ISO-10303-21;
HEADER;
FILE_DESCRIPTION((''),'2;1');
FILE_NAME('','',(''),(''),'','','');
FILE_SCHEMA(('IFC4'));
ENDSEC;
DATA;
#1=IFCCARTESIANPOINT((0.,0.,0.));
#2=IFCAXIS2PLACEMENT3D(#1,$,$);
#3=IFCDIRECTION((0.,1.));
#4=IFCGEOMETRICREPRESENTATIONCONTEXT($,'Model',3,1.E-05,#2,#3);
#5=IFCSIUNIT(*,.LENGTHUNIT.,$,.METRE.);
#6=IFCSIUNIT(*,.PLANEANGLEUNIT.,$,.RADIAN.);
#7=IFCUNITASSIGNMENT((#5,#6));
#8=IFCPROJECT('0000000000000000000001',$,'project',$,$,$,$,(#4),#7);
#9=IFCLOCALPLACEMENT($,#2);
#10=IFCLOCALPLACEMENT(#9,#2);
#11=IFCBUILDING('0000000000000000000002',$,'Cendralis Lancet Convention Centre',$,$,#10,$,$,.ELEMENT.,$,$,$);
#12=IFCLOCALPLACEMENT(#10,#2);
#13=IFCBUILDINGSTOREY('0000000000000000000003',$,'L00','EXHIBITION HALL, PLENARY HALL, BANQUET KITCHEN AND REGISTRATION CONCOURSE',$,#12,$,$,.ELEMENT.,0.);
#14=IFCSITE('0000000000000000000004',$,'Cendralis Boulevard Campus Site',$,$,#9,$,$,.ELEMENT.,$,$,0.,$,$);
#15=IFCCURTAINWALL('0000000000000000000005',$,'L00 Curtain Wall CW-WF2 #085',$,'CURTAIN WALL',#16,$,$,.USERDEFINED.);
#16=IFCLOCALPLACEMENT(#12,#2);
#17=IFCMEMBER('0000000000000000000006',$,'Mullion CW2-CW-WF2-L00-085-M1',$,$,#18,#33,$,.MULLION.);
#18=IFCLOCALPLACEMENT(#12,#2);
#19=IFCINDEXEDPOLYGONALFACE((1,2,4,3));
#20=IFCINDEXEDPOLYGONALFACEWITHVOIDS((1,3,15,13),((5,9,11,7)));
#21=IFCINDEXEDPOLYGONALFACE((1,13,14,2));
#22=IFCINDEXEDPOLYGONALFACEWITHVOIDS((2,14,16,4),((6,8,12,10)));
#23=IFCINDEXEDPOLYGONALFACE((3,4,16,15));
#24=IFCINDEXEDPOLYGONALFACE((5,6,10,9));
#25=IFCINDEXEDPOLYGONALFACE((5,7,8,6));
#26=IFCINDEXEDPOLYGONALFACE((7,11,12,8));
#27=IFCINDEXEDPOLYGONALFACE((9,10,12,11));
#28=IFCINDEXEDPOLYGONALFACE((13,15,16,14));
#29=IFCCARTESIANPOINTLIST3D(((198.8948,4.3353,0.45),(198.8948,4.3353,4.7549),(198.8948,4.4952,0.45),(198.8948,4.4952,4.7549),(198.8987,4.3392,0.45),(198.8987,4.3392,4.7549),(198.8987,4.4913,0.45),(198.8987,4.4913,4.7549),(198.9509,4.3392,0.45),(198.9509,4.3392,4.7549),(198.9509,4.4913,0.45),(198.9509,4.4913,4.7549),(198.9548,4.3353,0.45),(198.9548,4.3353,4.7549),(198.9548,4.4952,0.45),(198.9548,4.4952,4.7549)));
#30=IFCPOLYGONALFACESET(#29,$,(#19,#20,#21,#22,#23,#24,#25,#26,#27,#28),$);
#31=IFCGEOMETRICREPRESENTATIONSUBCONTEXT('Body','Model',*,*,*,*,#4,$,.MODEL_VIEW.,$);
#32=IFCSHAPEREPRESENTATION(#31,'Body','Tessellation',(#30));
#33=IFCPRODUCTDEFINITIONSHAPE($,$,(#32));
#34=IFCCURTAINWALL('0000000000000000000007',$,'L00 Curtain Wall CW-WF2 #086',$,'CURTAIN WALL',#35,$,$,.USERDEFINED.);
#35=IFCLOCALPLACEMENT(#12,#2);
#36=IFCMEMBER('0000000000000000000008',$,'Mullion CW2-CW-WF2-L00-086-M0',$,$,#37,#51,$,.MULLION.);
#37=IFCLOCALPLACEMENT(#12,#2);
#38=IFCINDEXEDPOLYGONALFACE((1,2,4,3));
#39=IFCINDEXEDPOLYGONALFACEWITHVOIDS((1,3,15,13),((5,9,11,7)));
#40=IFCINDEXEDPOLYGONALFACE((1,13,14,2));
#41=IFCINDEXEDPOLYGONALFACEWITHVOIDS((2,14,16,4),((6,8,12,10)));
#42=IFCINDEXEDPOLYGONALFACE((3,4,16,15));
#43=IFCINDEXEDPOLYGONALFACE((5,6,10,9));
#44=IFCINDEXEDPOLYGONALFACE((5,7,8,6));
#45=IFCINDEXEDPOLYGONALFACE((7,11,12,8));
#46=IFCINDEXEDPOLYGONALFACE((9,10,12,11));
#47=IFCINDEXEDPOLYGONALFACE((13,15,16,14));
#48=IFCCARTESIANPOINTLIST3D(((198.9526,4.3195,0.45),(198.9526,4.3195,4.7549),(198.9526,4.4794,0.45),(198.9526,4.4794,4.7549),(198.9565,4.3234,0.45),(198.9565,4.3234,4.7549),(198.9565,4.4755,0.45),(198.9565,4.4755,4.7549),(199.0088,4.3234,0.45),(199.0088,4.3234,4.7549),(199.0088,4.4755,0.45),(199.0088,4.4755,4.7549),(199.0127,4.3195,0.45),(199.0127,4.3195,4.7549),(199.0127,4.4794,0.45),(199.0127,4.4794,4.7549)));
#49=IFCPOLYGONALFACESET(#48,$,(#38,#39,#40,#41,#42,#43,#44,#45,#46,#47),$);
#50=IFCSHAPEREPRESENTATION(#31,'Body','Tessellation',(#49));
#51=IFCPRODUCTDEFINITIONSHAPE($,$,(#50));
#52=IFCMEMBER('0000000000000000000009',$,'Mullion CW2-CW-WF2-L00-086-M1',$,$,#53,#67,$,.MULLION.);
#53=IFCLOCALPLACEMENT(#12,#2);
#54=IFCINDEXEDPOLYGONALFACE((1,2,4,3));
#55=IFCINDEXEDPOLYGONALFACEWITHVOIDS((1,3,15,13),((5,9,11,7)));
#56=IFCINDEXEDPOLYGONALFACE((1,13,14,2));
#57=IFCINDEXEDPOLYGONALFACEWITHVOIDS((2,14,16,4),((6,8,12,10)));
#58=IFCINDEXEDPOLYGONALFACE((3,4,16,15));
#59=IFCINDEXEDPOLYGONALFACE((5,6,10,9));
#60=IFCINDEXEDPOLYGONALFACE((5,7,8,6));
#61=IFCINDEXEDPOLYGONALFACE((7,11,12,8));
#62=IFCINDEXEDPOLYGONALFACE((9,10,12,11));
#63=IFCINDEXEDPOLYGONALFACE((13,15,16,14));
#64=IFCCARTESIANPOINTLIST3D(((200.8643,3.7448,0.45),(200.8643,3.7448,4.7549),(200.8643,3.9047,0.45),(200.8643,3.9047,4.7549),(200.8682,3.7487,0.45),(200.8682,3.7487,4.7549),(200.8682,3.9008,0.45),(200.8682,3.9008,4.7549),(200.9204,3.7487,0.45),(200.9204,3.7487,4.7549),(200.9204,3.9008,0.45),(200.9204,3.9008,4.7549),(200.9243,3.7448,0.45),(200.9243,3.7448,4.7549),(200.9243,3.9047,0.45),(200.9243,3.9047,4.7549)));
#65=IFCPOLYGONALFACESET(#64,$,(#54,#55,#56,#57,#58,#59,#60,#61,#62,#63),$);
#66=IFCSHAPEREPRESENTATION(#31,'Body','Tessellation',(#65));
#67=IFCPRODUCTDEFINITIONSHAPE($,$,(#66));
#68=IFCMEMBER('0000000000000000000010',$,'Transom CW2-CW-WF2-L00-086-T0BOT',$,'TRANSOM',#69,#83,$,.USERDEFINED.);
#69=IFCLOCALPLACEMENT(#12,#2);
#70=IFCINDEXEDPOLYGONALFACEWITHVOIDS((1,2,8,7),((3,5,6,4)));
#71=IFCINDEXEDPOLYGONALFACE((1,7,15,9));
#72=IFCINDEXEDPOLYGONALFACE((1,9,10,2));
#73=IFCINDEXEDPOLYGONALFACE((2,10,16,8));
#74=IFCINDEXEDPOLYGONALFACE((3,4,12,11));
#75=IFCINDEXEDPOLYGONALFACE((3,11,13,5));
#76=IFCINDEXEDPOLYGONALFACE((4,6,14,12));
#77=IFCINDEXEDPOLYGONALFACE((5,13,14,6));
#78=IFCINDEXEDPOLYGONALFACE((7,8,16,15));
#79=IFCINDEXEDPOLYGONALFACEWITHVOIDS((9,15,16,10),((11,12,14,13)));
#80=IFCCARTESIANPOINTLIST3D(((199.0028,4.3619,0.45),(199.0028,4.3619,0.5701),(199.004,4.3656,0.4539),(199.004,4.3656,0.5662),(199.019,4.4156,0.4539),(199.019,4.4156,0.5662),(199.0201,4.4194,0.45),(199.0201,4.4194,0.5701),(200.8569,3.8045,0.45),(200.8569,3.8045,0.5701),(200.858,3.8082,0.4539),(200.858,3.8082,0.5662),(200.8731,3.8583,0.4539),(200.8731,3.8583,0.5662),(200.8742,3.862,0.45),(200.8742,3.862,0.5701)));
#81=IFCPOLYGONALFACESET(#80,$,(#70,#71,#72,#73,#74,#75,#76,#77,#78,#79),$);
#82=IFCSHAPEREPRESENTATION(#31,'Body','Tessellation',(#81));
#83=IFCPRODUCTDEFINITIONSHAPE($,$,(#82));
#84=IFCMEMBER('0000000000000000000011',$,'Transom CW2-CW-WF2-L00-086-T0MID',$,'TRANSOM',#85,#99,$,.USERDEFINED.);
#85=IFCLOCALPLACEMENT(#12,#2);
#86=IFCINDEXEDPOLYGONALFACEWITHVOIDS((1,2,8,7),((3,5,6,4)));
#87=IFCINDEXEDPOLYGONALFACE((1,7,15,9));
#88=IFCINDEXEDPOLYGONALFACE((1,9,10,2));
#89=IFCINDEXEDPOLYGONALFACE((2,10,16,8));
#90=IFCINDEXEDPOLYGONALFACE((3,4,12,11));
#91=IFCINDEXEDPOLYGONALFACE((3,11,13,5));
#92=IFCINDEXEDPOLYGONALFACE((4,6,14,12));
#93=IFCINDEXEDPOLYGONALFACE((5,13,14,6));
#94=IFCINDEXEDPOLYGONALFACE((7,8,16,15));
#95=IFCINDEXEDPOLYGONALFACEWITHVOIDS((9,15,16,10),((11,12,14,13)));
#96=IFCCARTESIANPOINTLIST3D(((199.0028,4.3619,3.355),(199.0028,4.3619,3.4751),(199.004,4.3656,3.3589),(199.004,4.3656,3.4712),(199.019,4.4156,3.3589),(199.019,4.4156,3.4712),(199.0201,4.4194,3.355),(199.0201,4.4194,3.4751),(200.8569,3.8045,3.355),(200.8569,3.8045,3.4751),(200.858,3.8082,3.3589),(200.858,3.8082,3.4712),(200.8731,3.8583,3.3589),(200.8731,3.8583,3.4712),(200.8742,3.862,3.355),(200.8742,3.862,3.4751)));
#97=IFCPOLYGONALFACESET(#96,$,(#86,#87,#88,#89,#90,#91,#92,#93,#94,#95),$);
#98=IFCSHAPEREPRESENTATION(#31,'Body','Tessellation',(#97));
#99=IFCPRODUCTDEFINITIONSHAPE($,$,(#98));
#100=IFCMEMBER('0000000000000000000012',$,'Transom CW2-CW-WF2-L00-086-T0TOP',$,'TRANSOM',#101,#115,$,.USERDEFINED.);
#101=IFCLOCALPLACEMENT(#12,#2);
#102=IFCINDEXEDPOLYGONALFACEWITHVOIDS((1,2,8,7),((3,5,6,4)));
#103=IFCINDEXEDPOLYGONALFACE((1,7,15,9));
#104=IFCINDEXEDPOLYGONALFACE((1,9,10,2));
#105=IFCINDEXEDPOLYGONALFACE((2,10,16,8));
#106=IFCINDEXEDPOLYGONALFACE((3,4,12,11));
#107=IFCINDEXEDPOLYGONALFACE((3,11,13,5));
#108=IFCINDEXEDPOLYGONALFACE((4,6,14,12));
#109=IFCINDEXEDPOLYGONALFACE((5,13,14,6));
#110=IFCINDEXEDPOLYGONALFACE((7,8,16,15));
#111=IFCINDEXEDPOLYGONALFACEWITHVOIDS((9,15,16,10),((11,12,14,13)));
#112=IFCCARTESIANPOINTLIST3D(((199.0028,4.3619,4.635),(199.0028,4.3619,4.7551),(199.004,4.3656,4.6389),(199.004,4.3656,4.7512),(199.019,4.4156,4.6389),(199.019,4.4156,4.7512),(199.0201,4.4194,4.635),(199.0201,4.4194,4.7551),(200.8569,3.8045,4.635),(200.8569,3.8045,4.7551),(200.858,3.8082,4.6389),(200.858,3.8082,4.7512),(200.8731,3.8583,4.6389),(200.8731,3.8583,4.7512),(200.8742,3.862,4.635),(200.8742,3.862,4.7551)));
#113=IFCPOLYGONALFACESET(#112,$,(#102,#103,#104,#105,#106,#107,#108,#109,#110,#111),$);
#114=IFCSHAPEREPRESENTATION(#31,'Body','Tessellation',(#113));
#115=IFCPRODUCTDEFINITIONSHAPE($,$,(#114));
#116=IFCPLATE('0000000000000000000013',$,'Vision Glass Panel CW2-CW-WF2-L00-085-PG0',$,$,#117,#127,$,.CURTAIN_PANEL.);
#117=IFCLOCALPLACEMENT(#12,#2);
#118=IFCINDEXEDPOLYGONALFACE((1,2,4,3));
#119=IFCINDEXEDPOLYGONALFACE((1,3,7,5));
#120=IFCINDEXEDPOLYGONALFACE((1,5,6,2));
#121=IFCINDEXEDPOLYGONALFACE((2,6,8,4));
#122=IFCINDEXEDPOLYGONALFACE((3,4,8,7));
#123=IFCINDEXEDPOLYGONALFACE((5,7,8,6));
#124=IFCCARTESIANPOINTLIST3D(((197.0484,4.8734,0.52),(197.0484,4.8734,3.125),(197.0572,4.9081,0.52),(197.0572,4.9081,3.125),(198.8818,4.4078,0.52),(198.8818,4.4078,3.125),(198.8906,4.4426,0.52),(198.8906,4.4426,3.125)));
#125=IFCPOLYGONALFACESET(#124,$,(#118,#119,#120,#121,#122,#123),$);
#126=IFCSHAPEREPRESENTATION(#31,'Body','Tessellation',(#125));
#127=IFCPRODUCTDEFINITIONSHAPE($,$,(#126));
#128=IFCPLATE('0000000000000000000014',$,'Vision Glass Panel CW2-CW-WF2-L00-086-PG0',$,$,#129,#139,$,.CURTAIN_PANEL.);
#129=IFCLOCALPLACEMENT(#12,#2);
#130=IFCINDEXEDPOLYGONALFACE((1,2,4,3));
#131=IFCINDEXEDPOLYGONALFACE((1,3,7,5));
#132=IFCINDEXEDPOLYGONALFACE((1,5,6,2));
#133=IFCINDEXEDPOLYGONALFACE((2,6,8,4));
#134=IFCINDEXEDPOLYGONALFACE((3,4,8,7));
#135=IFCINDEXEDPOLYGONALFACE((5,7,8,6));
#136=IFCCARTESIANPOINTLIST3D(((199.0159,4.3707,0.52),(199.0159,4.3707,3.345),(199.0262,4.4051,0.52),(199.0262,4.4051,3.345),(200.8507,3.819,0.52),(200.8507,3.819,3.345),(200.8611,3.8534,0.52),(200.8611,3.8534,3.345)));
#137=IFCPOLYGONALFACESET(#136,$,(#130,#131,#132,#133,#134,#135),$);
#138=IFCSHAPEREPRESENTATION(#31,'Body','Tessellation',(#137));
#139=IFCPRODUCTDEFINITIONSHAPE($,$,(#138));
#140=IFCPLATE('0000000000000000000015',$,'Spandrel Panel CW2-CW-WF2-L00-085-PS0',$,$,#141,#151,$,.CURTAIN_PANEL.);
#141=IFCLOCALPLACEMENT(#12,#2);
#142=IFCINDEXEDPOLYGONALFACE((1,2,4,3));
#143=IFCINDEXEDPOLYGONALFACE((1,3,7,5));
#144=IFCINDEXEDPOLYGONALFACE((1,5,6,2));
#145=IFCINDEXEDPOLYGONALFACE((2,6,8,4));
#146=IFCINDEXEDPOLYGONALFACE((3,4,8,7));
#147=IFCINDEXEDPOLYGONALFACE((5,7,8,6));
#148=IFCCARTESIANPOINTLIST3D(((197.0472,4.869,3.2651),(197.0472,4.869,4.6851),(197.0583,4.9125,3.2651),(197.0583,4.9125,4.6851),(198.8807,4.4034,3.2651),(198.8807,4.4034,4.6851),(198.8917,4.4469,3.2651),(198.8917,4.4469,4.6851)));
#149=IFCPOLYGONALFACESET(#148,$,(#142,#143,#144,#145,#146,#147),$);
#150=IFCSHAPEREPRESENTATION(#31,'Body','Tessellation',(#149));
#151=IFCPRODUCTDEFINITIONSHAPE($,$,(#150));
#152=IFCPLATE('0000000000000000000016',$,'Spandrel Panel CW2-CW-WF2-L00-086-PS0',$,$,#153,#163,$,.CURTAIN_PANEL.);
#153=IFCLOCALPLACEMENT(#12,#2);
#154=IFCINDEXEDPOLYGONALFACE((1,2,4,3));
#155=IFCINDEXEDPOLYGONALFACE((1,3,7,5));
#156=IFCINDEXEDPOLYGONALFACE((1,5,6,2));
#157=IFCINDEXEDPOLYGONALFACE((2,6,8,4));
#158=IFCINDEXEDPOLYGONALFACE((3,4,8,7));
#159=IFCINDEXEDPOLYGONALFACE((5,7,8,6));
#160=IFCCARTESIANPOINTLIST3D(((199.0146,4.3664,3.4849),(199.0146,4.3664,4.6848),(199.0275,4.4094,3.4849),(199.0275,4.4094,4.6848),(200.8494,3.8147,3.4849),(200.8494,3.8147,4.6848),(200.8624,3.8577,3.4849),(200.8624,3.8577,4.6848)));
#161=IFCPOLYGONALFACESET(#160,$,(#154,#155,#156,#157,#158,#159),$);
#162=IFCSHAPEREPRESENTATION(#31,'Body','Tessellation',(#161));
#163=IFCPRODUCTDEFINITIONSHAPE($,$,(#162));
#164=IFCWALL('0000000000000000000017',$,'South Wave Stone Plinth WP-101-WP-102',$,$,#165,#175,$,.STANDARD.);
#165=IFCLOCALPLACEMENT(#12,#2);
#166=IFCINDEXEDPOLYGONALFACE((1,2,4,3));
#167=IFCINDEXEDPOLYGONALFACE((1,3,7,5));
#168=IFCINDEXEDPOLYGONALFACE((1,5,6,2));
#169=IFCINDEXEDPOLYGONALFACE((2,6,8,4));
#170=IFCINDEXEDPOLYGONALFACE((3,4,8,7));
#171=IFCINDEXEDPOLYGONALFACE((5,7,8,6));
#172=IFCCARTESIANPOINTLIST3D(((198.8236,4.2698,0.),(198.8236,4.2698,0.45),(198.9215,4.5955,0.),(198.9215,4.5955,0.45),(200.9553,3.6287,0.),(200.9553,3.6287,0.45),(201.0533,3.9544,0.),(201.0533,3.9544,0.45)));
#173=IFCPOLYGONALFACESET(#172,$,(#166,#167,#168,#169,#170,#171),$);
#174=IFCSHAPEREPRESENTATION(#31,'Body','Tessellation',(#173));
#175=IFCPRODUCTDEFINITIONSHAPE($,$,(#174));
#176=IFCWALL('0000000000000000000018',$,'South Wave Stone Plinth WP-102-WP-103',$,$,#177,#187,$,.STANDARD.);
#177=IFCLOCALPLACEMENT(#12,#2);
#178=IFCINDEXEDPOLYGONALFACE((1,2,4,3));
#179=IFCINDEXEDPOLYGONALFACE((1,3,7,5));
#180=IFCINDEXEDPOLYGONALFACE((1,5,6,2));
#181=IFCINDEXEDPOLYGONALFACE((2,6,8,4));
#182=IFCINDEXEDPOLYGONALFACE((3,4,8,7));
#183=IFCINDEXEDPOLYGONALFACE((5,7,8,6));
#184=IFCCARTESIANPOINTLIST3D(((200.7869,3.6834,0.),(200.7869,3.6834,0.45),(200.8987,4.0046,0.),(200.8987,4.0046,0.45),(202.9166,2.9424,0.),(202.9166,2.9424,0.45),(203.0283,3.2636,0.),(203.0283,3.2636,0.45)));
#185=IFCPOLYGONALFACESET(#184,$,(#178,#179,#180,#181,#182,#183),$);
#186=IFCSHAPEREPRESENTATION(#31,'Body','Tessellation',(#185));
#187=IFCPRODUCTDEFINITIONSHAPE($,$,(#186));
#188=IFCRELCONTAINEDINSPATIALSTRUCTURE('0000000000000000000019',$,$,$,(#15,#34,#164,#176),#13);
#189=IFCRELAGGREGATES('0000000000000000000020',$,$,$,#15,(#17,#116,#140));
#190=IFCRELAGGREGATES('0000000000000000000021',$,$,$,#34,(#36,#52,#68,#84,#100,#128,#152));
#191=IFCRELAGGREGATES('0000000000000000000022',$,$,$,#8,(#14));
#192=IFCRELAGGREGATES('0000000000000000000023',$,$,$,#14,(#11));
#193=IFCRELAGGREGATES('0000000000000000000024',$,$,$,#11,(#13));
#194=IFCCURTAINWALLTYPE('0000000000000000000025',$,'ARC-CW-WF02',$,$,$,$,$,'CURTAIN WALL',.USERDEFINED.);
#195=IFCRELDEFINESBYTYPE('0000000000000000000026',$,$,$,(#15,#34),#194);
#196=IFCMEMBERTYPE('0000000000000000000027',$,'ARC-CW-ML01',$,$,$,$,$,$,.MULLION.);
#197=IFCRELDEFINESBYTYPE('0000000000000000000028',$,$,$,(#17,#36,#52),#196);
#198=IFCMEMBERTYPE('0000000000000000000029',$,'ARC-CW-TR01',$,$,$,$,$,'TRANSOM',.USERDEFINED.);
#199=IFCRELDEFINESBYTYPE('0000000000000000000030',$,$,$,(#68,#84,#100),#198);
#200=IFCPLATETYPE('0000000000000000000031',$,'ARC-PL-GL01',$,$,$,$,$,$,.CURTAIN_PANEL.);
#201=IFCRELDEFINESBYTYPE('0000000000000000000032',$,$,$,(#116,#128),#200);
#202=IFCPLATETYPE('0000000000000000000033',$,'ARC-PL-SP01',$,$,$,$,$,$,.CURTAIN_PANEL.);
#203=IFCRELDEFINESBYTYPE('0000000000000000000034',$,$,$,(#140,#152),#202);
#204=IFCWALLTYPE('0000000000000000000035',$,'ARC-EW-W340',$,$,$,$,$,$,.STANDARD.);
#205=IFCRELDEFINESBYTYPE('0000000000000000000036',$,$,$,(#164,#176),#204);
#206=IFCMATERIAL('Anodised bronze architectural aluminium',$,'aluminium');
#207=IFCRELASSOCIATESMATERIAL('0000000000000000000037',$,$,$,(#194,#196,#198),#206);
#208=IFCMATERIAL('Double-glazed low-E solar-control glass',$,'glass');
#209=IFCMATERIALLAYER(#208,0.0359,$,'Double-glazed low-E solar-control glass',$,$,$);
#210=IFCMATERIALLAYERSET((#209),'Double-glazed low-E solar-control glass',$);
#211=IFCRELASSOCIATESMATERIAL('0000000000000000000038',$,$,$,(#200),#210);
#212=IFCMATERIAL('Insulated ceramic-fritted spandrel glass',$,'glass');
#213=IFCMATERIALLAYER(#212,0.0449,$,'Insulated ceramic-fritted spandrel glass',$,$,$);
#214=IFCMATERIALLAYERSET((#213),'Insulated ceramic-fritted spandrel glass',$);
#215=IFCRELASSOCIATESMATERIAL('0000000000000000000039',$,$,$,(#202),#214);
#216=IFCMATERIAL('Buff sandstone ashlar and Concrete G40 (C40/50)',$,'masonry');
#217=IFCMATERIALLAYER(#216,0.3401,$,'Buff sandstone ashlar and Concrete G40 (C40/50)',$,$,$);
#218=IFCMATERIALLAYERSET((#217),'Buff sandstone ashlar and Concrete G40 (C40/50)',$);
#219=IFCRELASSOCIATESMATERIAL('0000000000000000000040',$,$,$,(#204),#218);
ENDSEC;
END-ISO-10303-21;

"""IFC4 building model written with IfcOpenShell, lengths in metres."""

from ifc_helpers import new_model, si_unit, direction, frame, frame_2d, origin, origin_2d, place, context, subcontext, project, spatial, rectangle, hollow_rectangle, extrude, material, layer, layer_set, material_profile, profile_set, type_object, element, aggregate, save


model = new_model("IFC4")

# Units and contexts
model_context = context("Model", 3, precision=1e-05, world=origin(), true_north=direction((0.0, 1.0)))
body_context = subcontext(model_context, "Body", "Model", "MODEL_VIEW")
ifc_project = project(units=[si_unit("LENGTHUNIT", "METRE"), si_unit("PLANEANGLEUNIT", "RADIAN")], contexts=[model_context])

# Site, building, storey
site_placement = place(None, origin())
site = spatial("IfcSite", under=ifc_project, at=site_placement, Name="Cendralis Boulevard Campus Site", CompositionType="ELEMENT", RefElevation=0.0)
building_placement = place(site_placement, origin())
building = spatial("IfcBuilding", under=site, at=building_placement, Name="Cendralis Lancet Convention Centre", CompositionType="ELEMENT")
storey_placement = place(building_placement, origin())
storey = spatial("IfcBuildingStorey", under=building, at=storey_placement, Name="L00", Description="EXHIBITION HALL, PLENARY HALL, BANQUET KITCHEN AND REGISTRATION CONCOURSE", CompositionType="ELEMENT", Elevation=0.0)

# Curtain wall, member
ifc_material_1 = material(Name="Anodised bronze architectural aluminium", Category="aluminium")
curtain_wall_type = type_object("IfcCurtainWallType", Name="ARC-CW-WF02", ElementType="CURTAIN WALL", PredefinedType="USERDEFINED", material=ifc_material_1)
curtain_wall_1_placement = place(storey_placement, origin())
curtain_wall_1 = element("IfcCurtainWall", 1, at=curtain_wall_1_placement, inside=storey, type_object=curtain_wall_type, Name="L00 Curtain Wall CW-WF2 #085", ObjectType="CURTAIN WALL", PredefinedType="USERDEFINED")
ifc_material_profile_1 = material_profile(ifc_material_1, hollow_rectangle(XDim=0.0601, YDim=0.1599, WallThickness=0.0039, at=origin_2d()), Name="AL-MULL 60x160x4.0")
ifc_profile_set_1 = profile_set([ifc_material_profile_1], Name="Anodised bronze architectural aluminium")
member_type_1 = type_object("IfcMemberType", Name="ARC-CW-ML01", PredefinedType="MULLION", material=ifc_profile_set_1)
member_1_placement = place(storey_placement, frame((198.9248, 4.4153, 0.45), z_axis=(0.0, 0.0, 1.0), x_axis=(1.0, 0.0, 0.0)))
member_1 = element("IfcMember", 2, at=member_1_placement, type_object=member_type_1, Name="Mullion CW2-CW-WF2-L00-085-M1", PredefinedType="MULLION", context=body_context, shape_type="SweptSolid", body=[
    extrude(hollow_rectangle(XDim=0.0601, YDim=0.1599, WallThickness=0.0039, at=origin_2d()), origin(), (0.0, 0.0, 1.0), 4.3049),
])

# Curtain wall, members
curtain_wall_2_placement = place(storey_placement, origin())
curtain_wall_2 = element("IfcCurtainWall", 3, at=curtain_wall_2_placement, inside=storey, type_object=curtain_wall_type, Name="L00 Curtain Wall CW-WF2 #086", ObjectType="CURTAIN WALL", PredefinedType="USERDEFINED")
member_2_placement = place(storey_placement, frame((198.9827, 4.3994, 0.45), z_axis=(0.0, 0.0, 1.0), x_axis=(1.0, 0.0, 0.0)))
member_2 = element("IfcMember", 4, at=member_2_placement, type_object=member_type_1, Name="Mullion CW2-CW-WF2-L00-086-M0", PredefinedType="MULLION", context=body_context, shape_type="SweptSolid", body=[
    extrude(hollow_rectangle(XDim=0.0601, YDim=0.1599, WallThickness=0.0039, at=origin_2d()), origin(), (0.0, 0.0, 1.0), 4.3049),
])
member_3_placement = place(storey_placement, frame((200.8943, 3.8247, 0.45), z_axis=(0.0, 0.0, 1.0), x_axis=(1.0, 0.0, 0.0)))
member_3 = element("IfcMember", 5, at=member_3_placement, type_object=member_type_1, Name="Mullion CW2-CW-WF2-L00-086-M1", PredefinedType="MULLION", context=body_context, shape_type="SweptSolid", body=[
    extrude(hollow_rectangle(XDim=0.0601, YDim=0.1599, WallThickness=0.0039, at=origin_2d()), origin(), (0.0, 0.0, 1.0), 4.3049),
])
ifc_material_profile_2 = material_profile(ifc_material_1, hollow_rectangle(XDim=0.0601, YDim=0.1201, WallThickness=0.0039, at=origin_2d()), Name="AL-TRAN 60x120x4.0")
ifc_profile_set_2 = profile_set([ifc_material_profile_2], Name="Anodised bronze architectural aluminium")
member_type_2 = type_object("IfcMemberType", Name="ARC-CW-TR01", ElementType="TRANSOM", PredefinedType="USERDEFINED", material=ifc_profile_set_2)
member_4_placement = place(storey_placement, frame((199.0115, 4.3906, 0.51), z_axis=(0.95766, -0.287903, 0.0), x_axis=(0.287903, 0.95766, 0.0)))
member_4 = element("IfcMember", 6, at=member_4_placement, type_object=member_type_2, Name="Transom CW2-CW-WF2-L00-086-T0BOT", ObjectType="TRANSOM", PredefinedType="USERDEFINED", context=body_context, shape_type="SweptSolid", body=[
    extrude(hollow_rectangle(XDim=0.0601, YDim=0.1201, WallThickness=0.0039, at=origin_2d()), origin(), (0.0, 0.0, 1.0), 1.936),
])
member_5_placement = place(storey_placement, frame((199.0115, 4.3906, 3.415), z_axis=(0.95766, -0.287903, 0.0), x_axis=(0.287903, 0.95766, 0.0)))
member_5 = element("IfcMember", 7, at=member_5_placement, type_object=member_type_2, Name="Transom CW2-CW-WF2-L00-086-T0MID", ObjectType="TRANSOM", PredefinedType="USERDEFINED", context=body_context, shape_type="SweptSolid", body=[
    extrude(hollow_rectangle(XDim=0.0601, YDim=0.1201, WallThickness=0.0039, at=origin_2d()), origin(), (0.0, 0.0, 1.0), 1.936),
])
member_6_placement = place(storey_placement, frame((199.0115, 4.3906, 4.6951), z_axis=(0.95766, -0.287903, 0.0), x_axis=(0.287903, 0.95766, 0.0)))
member_6 = element("IfcMember", 8, at=member_6_placement, type_object=member_type_2, Name="Transom CW2-CW-WF2-L00-086-T0TOP", ObjectType="TRANSOM", PredefinedType="USERDEFINED", context=body_context, shape_type="SweptSolid", body=[
    extrude(hollow_rectangle(XDim=0.0601, YDim=0.1201, WallThickness=0.0039, at=origin_2d()), origin(), (0.0, 0.0, 1.0), 1.936),
])

# Plates
ifc_material_2 = material(Name="Double-glazed low-E solar-control glass", Category="glass")
ifc_layer_1 = layer(ifc_material_2, 0.0359, Name="Double-glazed low-E solar-control glass")
ifc_layer_set_1 = layer_set([ifc_layer_1], Name="Double-glazed low-E solar-control glass")
plate_type_1 = type_object("IfcPlateType", Name="ARC-PL-GL01", PredefinedType="CURTAIN_PANEL", material=ifc_layer_set_1)
plate_1_placement = place(storey_placement, frame((197.9695, 4.658, 0.52), z_axis=(0.0, 0.0, 1.0), x_axis=(0.969238, -0.246124, 0.0)))
plate_1 = element("IfcPlate", 9, at=plate_1_placement, type_object=plate_type_1, Name="Vision Glass Panel CW2-CW-WF2-L00-085-PG0", PredefinedType="CURTAIN_PANEL", context=body_context, shape_type="SweptSolid", body=[
    extrude(rectangle(XDim=1.8916, YDim=0.0359, at=origin_2d()), origin(), (0.0, 0.0, 1.0), 2.605),
])
plate_2_placement = place(storey_placement, frame((199.9385, 4.1121, 0.52), z_axis=(0.0, 0.0, 1.0), x_axis=(0.957652, -0.287928, 0.0)))
plate_2 = element("IfcPlate", 10, at=plate_2_placement, type_object=plate_type_1, Name="Vision Glass Panel CW2-CW-WF2-L00-086-PG0", PredefinedType="CURTAIN_PANEL", context=body_context, shape_type="SweptSolid", body=[
    extrude(rectangle(XDim=1.916, YDim=0.0359, at=origin_2d()), origin(), (0.0, 0.0, 1.0), 2.825),
])
ifc_material_3 = material(Name="Insulated ceramic-fritted spandrel glass", Category="glass")
ifc_layer_2 = layer(ifc_material_3, 0.0449, Name="Insulated ceramic-fritted spandrel glass")
ifc_layer_set_2 = layer_set([ifc_layer_2], Name="Insulated ceramic-fritted spandrel glass")
plate_type_2 = type_object("IfcPlateType", Name="ARC-PL-SP01", PredefinedType="CURTAIN_PANEL", material=ifc_layer_set_2)
plate_3_placement = place(storey_placement, frame((197.9695, 4.658, 3.2651), z_axis=(0.0, 0.0, 1.0), x_axis=(0.969238, -0.246124, 0.0)))
plate_3 = element("IfcPlate", 11, at=plate_3_placement, type_object=plate_type_2, Name="Spandrel Panel CW2-CW-WF2-L00-085-PS0", PredefinedType="CURTAIN_PANEL", context=body_context, shape_type="SweptSolid", body=[
    extrude(rectangle(XDim=1.8916, YDim=0.0449, at=origin_2d()), origin(), (0.0, 0.0, 1.0), 1.4199),
])
aggregate(curtain_wall_1, [member_1, plate_1, plate_3])
plate_4_placement = place(storey_placement, frame((199.9385, 4.1121, 3.4849), z_axis=(0.0, 0.0, 1.0), x_axis=(0.957652, -0.287928, 0.0)))
plate_4 = element("IfcPlate", 12, at=plate_4_placement, type_object=plate_type_2, Name="Spandrel Panel CW2-CW-WF2-L00-086-PS0", PredefinedType="CURTAIN_PANEL", context=body_context, shape_type="SweptSolid", body=[
    extrude(rectangle(XDim=1.916, YDim=0.0449, at=origin_2d()), origin(), (0.0, 0.0, 1.0), 1.2),
])
aggregate(curtain_wall_2, [member_2, member_3, member_4, member_5, member_6, plate_2, plate_4])

# Walls
ifc_material_4 = material(Name="Buff sandstone ashlar and Concrete G40 (C40/50)", Category="masonry")
ifc_layer_3 = layer(ifc_material_4, 0.3401, Name="Buff sandstone ashlar and Concrete G40 (C40/50)")
ifc_layer_set_3 = layer_set([ifc_layer_3], Name="Buff sandstone ashlar and Concrete G40 (C40/50)")
wall_type_1 = type_object("IfcWallType", Name="ARC-EW-W340", PredefinedType="STANDARD", material=ifc_layer_set_3)
wall_1_placement = place(storey_placement, frame((198.8726, 4.4326, 0.0), z_axis=(0.0, 0.0, 1.0), x_axis=(0.957633, -0.287992, 0.0)))
element("IfcWall", 13, at=wall_1_placement, inside=storey, type_object=wall_type_1, Name="South Wave Stone Plinth WP-101-WP-102", PredefinedType="STANDARD", context=body_context, shape_type="SweptSolid", body=[
    extrude(rectangle(XDim=2.2261, YDim=0.3401, at=frame_2d((1.113, 0.0))), origin(), (0.0, 0.0, 1.0), 0.45),
])
wall_2_placement = place(storey_placement, frame((200.8428, 3.844, 0.0), z_axis=(0.0, 0.0, 1.0), x_axis=(0.944466, -0.328609, 0.0)))
element("IfcWall", 14, at=wall_2_placement, inside=storey, type_object=wall_type_1, Name="South Wave Stone Plinth WP-102-WP-103", PredefinedType="STANDARD", context=body_context, shape_type="SweptSolid", body=[
    extrude(rectangle(XDim=2.2549, YDim=0.3401, at=frame_2d((1.1274, 0.0))), origin(), (0.0, 0.0, 1.0), 0.45),
])

save(model, "model.ifc")
